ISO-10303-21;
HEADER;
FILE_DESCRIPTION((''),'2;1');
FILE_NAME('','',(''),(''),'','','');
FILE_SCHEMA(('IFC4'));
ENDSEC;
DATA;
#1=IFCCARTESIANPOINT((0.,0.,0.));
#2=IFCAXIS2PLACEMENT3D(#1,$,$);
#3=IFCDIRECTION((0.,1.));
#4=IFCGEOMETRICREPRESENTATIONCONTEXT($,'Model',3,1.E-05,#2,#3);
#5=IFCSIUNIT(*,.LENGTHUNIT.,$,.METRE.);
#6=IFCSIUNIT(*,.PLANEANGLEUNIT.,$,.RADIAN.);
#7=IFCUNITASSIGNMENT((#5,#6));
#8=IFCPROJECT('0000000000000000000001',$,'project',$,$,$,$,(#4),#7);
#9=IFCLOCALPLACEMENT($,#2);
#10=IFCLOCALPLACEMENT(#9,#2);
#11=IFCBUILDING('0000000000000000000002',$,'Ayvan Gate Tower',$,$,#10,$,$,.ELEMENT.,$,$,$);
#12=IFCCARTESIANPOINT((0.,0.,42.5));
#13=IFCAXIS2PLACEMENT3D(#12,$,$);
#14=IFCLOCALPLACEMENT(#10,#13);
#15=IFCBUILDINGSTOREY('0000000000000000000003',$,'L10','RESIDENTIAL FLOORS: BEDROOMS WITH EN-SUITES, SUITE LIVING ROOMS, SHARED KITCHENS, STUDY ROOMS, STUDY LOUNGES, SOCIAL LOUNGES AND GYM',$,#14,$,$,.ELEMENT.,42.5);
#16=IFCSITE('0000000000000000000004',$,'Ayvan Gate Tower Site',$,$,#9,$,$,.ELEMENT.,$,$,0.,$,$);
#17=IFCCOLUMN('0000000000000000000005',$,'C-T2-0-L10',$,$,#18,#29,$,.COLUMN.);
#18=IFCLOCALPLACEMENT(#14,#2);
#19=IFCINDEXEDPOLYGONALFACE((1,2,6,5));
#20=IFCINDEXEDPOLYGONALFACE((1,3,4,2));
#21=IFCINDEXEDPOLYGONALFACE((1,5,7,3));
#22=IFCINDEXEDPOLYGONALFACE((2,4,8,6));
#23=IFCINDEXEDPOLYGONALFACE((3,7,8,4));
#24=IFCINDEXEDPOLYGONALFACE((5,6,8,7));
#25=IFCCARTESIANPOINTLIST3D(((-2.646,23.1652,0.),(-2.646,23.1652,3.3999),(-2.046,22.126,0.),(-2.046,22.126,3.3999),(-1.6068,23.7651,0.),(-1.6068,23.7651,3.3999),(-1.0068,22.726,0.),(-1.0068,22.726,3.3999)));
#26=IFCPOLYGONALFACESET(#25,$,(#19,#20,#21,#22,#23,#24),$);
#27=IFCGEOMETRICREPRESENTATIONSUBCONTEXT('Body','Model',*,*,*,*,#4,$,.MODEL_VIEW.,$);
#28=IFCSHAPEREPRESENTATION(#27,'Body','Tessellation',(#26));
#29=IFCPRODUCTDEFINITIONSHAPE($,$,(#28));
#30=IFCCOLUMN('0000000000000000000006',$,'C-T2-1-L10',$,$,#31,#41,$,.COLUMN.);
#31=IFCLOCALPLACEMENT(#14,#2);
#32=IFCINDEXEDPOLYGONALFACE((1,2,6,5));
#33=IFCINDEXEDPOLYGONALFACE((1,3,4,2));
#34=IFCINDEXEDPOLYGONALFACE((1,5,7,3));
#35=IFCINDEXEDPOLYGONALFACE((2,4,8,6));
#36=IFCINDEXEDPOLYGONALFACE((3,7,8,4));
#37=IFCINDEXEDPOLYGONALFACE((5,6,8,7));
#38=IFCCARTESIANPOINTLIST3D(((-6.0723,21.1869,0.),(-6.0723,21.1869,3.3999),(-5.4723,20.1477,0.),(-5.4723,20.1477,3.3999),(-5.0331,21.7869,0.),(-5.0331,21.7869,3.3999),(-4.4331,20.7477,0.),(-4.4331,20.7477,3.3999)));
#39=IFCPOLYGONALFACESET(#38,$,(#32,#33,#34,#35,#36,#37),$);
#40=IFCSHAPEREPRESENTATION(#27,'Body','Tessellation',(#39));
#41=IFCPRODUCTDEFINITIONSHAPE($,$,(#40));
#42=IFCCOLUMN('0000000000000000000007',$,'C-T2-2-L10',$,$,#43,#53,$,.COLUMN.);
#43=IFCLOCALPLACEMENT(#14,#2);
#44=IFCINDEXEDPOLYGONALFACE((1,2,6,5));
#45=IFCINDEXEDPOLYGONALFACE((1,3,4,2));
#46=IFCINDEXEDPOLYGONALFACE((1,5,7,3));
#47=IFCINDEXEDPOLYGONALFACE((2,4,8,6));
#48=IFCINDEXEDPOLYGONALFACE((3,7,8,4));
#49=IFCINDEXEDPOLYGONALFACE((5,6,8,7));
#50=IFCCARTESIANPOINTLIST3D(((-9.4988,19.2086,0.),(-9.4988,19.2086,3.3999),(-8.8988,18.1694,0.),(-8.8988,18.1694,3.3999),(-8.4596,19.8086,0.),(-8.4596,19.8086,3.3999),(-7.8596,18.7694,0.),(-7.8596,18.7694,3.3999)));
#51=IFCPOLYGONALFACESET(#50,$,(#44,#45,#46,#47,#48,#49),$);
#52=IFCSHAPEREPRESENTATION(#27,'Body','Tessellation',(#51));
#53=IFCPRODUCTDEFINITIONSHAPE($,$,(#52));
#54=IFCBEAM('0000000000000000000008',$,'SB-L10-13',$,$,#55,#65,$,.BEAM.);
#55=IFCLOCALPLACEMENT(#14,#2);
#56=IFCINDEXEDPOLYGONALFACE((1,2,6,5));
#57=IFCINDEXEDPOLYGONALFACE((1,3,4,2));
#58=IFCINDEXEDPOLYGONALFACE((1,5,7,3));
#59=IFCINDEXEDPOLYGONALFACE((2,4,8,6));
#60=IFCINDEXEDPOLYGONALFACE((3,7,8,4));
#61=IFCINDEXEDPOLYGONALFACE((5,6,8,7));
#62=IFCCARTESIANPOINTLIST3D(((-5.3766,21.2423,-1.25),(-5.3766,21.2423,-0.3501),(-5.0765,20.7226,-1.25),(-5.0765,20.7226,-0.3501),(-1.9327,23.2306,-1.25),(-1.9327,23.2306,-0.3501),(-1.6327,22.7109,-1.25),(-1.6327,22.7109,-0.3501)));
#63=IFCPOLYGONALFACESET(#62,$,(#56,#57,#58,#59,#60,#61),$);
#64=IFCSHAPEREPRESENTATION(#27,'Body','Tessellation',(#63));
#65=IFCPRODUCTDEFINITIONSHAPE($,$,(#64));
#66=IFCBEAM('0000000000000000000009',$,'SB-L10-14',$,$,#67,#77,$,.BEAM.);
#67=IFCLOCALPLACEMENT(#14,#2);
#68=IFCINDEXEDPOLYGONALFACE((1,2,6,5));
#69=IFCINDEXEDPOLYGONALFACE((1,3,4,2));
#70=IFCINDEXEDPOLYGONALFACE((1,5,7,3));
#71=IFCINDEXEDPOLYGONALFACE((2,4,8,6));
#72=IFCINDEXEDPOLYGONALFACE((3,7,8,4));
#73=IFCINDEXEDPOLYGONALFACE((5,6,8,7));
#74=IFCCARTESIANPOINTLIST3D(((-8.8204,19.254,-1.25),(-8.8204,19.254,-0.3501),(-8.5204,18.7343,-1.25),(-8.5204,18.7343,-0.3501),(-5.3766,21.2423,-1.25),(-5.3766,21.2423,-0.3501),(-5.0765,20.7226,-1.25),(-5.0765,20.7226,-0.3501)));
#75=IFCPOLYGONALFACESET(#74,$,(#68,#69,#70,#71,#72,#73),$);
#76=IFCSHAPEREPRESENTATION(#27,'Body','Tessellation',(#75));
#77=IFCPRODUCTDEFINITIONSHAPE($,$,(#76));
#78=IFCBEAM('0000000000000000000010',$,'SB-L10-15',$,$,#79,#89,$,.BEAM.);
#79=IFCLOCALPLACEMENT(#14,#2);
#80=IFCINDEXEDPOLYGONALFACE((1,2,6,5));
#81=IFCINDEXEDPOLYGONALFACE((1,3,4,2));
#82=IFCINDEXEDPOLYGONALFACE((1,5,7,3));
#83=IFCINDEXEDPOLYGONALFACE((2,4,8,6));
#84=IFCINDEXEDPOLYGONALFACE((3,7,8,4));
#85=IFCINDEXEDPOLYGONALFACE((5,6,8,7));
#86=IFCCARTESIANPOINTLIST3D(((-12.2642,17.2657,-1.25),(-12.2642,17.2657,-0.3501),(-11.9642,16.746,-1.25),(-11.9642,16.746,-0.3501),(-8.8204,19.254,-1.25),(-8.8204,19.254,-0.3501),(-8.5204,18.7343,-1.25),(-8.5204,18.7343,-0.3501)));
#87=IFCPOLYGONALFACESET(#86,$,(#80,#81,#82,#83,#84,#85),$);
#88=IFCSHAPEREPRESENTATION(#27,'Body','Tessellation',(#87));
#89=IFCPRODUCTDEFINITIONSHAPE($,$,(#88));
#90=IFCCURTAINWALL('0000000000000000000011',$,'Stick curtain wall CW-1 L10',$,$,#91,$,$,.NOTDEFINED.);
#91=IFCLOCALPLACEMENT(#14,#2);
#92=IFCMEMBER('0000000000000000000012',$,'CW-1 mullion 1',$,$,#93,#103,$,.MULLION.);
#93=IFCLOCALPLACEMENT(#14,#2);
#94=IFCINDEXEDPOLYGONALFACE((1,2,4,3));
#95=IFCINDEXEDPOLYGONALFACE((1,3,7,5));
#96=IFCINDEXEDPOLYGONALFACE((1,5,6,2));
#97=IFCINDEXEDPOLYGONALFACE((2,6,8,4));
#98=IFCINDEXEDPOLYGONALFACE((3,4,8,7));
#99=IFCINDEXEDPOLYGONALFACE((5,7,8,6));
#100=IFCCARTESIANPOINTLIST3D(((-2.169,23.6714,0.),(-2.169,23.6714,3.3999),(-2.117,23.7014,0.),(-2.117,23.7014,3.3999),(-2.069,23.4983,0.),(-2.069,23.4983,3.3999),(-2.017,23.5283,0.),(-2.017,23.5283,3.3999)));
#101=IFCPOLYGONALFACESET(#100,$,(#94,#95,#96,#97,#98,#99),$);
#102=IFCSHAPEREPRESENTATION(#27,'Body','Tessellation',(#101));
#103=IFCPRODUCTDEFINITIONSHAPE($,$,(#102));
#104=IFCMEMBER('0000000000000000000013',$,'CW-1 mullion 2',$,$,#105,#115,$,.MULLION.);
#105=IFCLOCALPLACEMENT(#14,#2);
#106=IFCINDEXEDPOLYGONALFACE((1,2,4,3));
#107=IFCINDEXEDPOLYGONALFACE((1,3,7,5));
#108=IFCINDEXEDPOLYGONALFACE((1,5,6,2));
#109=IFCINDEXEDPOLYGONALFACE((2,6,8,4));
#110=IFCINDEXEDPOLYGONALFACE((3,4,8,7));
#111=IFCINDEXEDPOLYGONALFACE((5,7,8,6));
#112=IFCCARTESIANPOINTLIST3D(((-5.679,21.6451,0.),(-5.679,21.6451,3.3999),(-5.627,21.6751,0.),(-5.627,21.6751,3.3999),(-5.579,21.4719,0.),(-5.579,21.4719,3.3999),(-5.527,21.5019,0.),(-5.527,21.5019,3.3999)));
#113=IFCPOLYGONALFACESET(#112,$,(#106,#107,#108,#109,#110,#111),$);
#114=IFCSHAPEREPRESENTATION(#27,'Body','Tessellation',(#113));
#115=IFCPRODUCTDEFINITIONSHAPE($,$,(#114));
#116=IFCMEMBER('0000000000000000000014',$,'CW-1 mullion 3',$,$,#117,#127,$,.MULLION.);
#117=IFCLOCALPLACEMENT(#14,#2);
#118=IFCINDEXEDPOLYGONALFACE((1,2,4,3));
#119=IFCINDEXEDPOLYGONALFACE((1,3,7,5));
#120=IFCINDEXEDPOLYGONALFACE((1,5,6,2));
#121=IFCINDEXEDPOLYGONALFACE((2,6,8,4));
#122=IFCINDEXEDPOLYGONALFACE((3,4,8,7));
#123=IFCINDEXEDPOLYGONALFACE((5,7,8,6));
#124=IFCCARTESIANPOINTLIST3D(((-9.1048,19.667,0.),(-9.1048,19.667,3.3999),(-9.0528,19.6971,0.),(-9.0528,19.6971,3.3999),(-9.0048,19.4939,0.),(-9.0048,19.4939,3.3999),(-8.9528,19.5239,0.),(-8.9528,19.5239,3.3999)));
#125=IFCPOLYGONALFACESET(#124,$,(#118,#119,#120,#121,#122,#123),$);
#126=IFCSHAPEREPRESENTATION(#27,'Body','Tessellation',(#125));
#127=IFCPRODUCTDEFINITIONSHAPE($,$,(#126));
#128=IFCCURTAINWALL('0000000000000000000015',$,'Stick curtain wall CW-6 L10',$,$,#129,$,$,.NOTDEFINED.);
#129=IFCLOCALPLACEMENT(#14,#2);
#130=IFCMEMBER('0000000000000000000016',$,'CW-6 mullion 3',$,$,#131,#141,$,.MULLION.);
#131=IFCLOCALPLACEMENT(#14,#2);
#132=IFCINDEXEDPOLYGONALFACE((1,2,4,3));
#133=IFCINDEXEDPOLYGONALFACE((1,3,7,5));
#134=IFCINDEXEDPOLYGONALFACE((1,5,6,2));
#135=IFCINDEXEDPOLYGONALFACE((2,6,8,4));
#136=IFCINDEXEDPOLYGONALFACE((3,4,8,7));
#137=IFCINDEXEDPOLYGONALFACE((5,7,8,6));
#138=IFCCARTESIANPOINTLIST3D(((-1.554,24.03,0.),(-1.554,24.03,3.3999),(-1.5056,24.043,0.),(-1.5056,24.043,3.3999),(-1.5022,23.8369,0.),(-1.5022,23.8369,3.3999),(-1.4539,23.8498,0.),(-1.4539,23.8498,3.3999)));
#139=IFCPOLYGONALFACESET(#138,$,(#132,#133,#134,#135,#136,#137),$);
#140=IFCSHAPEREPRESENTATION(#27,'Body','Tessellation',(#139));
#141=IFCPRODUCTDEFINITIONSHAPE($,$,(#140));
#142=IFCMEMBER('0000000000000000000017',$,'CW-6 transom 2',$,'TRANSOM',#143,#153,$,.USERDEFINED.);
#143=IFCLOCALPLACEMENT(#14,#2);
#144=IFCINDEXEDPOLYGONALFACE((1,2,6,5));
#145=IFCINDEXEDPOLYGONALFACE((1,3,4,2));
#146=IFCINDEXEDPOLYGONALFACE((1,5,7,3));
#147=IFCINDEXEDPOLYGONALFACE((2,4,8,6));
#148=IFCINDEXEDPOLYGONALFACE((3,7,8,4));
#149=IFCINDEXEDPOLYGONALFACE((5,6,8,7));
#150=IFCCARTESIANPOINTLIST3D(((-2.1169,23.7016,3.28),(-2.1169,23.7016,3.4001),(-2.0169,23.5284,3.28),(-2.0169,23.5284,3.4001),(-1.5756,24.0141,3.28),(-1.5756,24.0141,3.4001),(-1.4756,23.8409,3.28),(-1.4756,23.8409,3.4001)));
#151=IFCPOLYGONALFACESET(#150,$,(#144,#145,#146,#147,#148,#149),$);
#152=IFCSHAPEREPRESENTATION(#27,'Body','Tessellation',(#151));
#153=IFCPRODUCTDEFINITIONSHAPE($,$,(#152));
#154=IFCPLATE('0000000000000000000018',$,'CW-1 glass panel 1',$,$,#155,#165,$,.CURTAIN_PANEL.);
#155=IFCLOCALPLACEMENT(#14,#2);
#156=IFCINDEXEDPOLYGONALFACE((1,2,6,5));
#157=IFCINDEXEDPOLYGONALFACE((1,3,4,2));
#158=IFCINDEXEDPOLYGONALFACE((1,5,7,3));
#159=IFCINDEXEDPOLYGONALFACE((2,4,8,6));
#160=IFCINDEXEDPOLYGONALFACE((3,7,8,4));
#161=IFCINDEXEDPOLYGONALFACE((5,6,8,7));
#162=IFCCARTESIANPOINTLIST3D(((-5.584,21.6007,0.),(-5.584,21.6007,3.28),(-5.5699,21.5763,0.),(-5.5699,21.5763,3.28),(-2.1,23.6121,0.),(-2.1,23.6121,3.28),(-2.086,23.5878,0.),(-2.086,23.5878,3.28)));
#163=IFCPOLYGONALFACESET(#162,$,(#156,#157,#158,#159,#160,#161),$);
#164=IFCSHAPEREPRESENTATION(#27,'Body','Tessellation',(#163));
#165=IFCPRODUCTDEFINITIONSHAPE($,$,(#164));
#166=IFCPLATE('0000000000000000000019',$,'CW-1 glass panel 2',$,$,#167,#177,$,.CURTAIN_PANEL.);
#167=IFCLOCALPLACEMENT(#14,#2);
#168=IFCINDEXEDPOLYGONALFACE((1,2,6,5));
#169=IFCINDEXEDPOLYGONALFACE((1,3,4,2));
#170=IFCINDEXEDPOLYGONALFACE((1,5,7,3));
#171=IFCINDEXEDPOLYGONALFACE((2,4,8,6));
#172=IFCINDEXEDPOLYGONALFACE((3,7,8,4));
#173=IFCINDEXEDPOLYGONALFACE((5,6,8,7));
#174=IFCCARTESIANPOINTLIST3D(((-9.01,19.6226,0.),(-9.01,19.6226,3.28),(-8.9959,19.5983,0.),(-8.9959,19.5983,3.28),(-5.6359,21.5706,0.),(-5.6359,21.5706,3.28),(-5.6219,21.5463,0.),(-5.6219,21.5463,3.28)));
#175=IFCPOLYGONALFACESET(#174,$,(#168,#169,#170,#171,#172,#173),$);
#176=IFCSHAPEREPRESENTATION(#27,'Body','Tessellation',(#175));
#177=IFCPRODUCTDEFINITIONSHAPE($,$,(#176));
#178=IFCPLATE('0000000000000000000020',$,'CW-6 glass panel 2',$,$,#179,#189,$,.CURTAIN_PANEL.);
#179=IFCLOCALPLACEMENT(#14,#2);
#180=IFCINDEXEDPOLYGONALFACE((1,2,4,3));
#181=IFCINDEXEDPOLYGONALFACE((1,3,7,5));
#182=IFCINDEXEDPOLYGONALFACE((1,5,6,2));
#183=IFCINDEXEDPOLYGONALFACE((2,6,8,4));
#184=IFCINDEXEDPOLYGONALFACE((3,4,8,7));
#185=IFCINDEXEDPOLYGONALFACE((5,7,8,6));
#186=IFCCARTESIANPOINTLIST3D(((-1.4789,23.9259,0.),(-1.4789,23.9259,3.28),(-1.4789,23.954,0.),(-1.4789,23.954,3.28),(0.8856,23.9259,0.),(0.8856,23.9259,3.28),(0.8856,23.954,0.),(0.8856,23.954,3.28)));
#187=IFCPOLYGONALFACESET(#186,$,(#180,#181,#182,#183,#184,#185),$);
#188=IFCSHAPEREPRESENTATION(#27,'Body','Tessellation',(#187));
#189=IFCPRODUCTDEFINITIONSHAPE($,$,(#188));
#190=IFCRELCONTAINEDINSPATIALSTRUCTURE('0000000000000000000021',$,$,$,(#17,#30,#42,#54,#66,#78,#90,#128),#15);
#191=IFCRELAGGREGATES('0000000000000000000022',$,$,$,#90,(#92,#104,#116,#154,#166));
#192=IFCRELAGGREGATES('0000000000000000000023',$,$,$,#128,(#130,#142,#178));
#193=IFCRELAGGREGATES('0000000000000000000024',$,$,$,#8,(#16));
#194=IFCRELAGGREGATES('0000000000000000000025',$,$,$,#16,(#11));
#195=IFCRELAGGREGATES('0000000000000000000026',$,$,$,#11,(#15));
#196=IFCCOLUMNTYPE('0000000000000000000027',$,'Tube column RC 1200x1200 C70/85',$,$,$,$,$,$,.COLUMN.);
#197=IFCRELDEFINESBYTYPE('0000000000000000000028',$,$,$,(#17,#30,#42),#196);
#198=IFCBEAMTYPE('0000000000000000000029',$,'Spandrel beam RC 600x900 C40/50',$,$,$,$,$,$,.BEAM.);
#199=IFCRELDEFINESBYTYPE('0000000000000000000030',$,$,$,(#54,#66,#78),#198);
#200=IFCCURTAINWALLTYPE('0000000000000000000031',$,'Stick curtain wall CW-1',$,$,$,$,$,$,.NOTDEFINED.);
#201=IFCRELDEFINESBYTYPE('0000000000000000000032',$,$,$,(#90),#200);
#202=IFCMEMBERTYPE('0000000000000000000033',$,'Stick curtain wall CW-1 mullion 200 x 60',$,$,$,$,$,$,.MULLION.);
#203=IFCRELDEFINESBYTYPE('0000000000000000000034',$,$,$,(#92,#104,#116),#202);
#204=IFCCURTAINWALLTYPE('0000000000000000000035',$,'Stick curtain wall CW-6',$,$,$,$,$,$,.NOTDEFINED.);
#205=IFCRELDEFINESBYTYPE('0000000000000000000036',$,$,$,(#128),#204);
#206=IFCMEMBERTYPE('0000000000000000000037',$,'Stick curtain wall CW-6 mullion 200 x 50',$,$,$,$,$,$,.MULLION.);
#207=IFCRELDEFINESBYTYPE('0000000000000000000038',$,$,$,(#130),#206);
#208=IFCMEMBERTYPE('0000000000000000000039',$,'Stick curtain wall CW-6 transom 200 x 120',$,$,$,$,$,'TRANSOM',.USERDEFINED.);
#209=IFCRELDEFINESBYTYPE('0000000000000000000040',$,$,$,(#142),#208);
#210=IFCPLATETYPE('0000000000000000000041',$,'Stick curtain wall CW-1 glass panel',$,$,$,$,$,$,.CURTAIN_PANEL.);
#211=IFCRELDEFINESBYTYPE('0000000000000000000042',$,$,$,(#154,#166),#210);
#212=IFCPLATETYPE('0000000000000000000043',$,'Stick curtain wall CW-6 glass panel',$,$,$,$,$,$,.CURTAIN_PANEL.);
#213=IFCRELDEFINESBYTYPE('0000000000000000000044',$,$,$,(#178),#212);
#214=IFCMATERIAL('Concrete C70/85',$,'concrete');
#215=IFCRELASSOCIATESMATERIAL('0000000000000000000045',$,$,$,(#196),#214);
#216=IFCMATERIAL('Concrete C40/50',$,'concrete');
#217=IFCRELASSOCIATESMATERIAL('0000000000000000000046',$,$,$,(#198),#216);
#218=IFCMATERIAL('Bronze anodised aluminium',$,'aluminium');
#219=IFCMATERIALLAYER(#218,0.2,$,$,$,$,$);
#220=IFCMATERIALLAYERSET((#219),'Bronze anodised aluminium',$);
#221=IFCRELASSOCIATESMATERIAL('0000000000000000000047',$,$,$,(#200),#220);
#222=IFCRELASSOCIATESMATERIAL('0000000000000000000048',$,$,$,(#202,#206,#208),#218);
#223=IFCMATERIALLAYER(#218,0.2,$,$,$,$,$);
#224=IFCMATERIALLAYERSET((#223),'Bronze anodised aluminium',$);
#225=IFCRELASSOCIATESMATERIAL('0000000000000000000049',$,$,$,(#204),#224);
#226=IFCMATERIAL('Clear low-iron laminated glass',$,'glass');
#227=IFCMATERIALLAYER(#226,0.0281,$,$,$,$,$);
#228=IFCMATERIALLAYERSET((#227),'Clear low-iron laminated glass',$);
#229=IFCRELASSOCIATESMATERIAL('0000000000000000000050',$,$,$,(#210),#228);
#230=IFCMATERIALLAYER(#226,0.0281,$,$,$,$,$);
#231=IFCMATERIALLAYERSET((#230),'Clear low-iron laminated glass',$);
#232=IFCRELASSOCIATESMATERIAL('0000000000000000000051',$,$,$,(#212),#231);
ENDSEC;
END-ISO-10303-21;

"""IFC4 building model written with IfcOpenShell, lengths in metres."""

from ifc_helpers import new_model, si_unit, direction, frame, origin, origin_2d, place, context, subcontext, project, spatial, rectangle, extrude, material, layer, layer_set, material_profile, profile_set, type_object, element, aggregate, save


model = new_model("IFC4")

# Units and contexts
model_context = context("Model", 3, precision=1e-05, world=origin(), true_north=direction((0.0, 1.0)))
body_context = subcontext(model_context, "Body", "Model", "MODEL_VIEW")
ifc_project = project(units=[si_unit("LENGTHUNIT", "METRE"), si_unit("PLANEANGLEUNIT", "RADIAN")], contexts=[model_context])

# Site, building, storey
site_placement = place(None, origin())
site = spatial("IfcSite", under=ifc_project, at=site_placement, Name="Ayvan Gate Tower Site", CompositionType="ELEMENT", RefElevation=0.0)
building_placement = place(site_placement, origin())
building = spatial("IfcBuilding", under=site, at=building_placement, Name="Ayvan Gate Tower", CompositionType="ELEMENT")
storey_placement = place(building_placement, frame((0.0, 0.0, 42.5)))
storey = spatial("IfcBuildingStorey", under=building, at=storey_placement, Name="L10", Description="RESIDENTIAL FLOORS: BEDROOMS WITH EN-SUITES, SUITE LIVING ROOMS, SHARED KITCHENS, STUDY ROOMS, STUDY LOUNGES, SOCIAL LOUNGES AND GYM", CompositionType="ELEMENT", Elevation=42.5)

# Columns
ifc_material_1 = material(Name="Concrete C70/85", Category="concrete")
ifc_material_profile_1 = material_profile(ifc_material_1, rectangle(XDim=1.2, YDim=1.2, at=origin_2d()), Name="RC 1200x1200")
ifc_profile_set_1 = profile_set([ifc_material_profile_1], Name="Concrete C70/85")
column_type = type_object("IfcColumnType", Name="Tube column RC 1200x1200 C70/85", PredefinedType="COLUMN", material=ifc_profile_set_1)
for number, where, z_axis, x_axis, name in (
    (1, (-1.8264, 22.9456, 0.0), (0.0, 0.0, 1.0), (-0.5, 0.866025, 0.0), "C-T2-0-L10"),
    (2, (-5.2527, 20.9673, 0.0), (0.0, 0.0, 1.0), (-0.5, 0.866025, 0.0), "C-T2-1-L10"),
    (3, (-8.6792, 18.989, 0.0), (0.0, 0.0, 1.0), (-0.5, 0.866025, 0.0), "C-T2-2-L10"),
):
    element("IfcColumn", number, at=place(storey_placement, frame(where, z_axis=z_axis, x_axis=x_axis)), inside=storey, type_object=column_type, Name=name, PredefinedType="COLUMN", context=body_context, shape_type="SweptSolid", body=[
        extrude(rectangle(XDim=1.2, YDim=1.2, at=origin_2d()), origin(), (0.0, 0.0, 1.0), 3.3999),
    ])

# Beams
ifc_material_2 = material(Name="Concrete C40/50", Category="concrete")
ifc_material_profile_2 = material_profile(ifc_material_2, rectangle(XDim=0.6001, YDim=0.8999, at=origin_2d()), Name="RC 600x900")
ifc_profile_set_2 = profile_set([ifc_material_profile_2], Name="Concrete C40/50")
beam_type = type_object("IfcBeamType", Name="Spandrel beam RC 600x900 C40/50", PredefinedType="BEAM", material=ifc_profile_set_2)
for number, where, z_axis, x_axis, name in (
    (4, (-1.7827, 22.9707, -0.8), (-0.866028, -0.499995, 0.0), (0.499995, -0.866028, 0.0), "SB-L10-13"),
    (5, (-5.2266, 20.9824, -0.8), (-0.866028, -0.499995, 0.0), (0.499995, -0.866028, 0.0), "SB-L10-14"),
    (6, (-8.6704, 18.9941, -0.8), (-0.866028, -0.499995, 0.0), (0.499995, -0.866028, 0.0), "SB-L10-15"),
):
    element("IfcBeam", number, at=place(storey_placement, frame(where, z_axis=z_axis, x_axis=x_axis)), inside=storey, type_object=beam_type, Name=name, PredefinedType="BEAM", context=body_context, shape_type="SweptSolid", body=[
        extrude(rectangle(XDim=0.6001, YDim=0.8999, at=origin_2d()), origin(), (0.0, 0.0, 1.0), 3.9766),
    ])

# Curtain walls, members
ifc_material_3 = material(Name="Bronze anodised aluminium", Category="aluminium")
ifc_layer_1 = layer(ifc_material_3, 0.2)
ifc_layer_set_1 = layer_set([ifc_layer_1], Name="Bronze anodised aluminium")
curtain_wall_type_1 = type_object("IfcCurtainWallType", Name="Stick curtain wall CW-1", PredefinedType="NOTDEFINED", material=ifc_layer_set_1)
curtain_wall_1_placement = place(storey_placement, origin())
curtain_wall_1 = element("IfcCurtainWall", 7, at=curtain_wall_1_placement, inside=storey, type_object=curtain_wall_type_1, Name="Stick curtain wall CW-1 L10", PredefinedType="NOTDEFINED")
ifc_material_profile_3 = material_profile(ifc_material_3, rectangle(XDim=0.2, YDim=0.0601, at=origin_2d()), Name="Stick curtain wall CW-1 mullion 200 x 60")
ifc_profile_set_3 = profile_set([ifc_material_profile_3], Name="Bronze anodised aluminium")
member_type_1 = type_object("IfcMemberType", Name="Stick curtain wall CW-1 mullion 200 x 60", PredefinedType="MULLION", material=ifc_profile_set_3)
member_1_placement = place(storey_placement, frame((-2.093, 23.5999, 0.0), z_axis=(0.0, 0.0, 1.0), x_axis=(-0.5, 0.866025, 0.0)))
member_1 = element("IfcMember", 8, at=member_1_placement, type_object=member_type_1, Name="CW-1 mullion 1", PredefinedType="MULLION", context=body_context, shape_type="SweptSolid", body=[
    extrude(rectangle(XDim=0.2, YDim=0.0601, at=origin_2d()), origin(), (0.0, 0.0, 1.0), 3.3999),
])
member_2_placement = place(storey_placement, frame((-5.603, 21.5735, 0.0), z_axis=(0.0, 0.0, 1.0), x_axis=(-0.5, 0.866025, 0.0)))
member_2 = element("IfcMember", 9, at=member_2_placement, type_object=member_type_1, Name="CW-1 mullion 2", PredefinedType="MULLION", context=body_context, shape_type="SweptSolid", body=[
    extrude(rectangle(XDim=0.2, YDim=0.0601, at=origin_2d()), origin(), (0.0, 0.0, 1.0), 3.3999),
])
member_3_placement = place(storey_placement, frame((-9.0288, 19.5955, 0.0), z_axis=(0.0, 0.0, 1.0), x_axis=(-0.5, 0.866025, 0.0)))
member_3 = element("IfcMember", 10, at=member_3_placement, type_object=member_type_1, Name="CW-1 mullion 3", PredefinedType="MULLION", context=body_context, shape_type="SweptSolid", body=[
    extrude(rectangle(XDim=0.2, YDim=0.0601, at=origin_2d()), origin(), (0.0, 0.0, 1.0), 3.3999),
])
ifc_layer_2 = layer(ifc_material_3, 0.2)
ifc_layer_set_2 = layer_set([ifc_layer_2], Name="Bronze anodised aluminium")
curtain_wall_type_2 = type_object("IfcCurtainWallType", Name="Stick curtain wall CW-6", PredefinedType="NOTDEFINED", material=ifc_layer_set_2)
curtain_wall_2_placement = place(storey_placement, origin())
curtain_wall_2 = element("IfcCurtainWall", 11, at=curtain_wall_2_placement, inside=storey, type_object=curtain_wall_type_2, Name="Stick curtain wall CW-6 L10", PredefinedType="NOTDEFINED")
ifc_material_profile_4 = material_profile(ifc_material_3, rectangle(XDim=0.2, YDim=0.05, at=origin_2d()), Name="Stick curtain wall CW-6 mullion 200 x 50")
ifc_profile_set_4 = profile_set([ifc_material_profile_4], Name="Bronze anodised aluminium")
member_type_2 = type_object("IfcMemberType", Name="Stick curtain wall CW-6 mullion 200 x 50", PredefinedType="MULLION", material=ifc_profile_set_4)
member_4_placement = place(storey_placement, frame((-1.5039, 23.9399, 0.0), z_axis=(0.0, 0.0, 1.0), x_axis=(-0.258819, 0.965926, 0.0)))
member_4 = element("IfcMember", 12, at=member_4_placement, type_object=member_type_2, Name="CW-6 mullion 3", PredefinedType="MULLION", context=body_context, shape_type="SweptSolid", body=[
    extrude(rectangle(XDim=0.2, YDim=0.05, at=origin_2d()), origin(), (0.0, 0.0, 1.0), 3.3999),
])
ifc_material_profile_5 = material_profile(ifc_material_3, rectangle(XDim=0.2, YDim=0.1201, at=origin_2d()), Name="Stick curtain wall CW-6 transom 200 x 120")
ifc_profile_set_5 = profile_set([ifc_material_profile_5], Name="Bronze anodised aluminium")
member_type_3 = type_object("IfcMemberType", Name="Stick curtain wall CW-6 transom 200 x 120", ElementType="TRANSOM", PredefinedType="USERDEFINED", material=ifc_profile_set_5)
member_5_placement = place(storey_placement, frame((-1.5256, 23.9275, 3.3401), z_axis=(-0.866023, -0.500004, 0.0), x_axis=(0.500004, -0.866023, 0.0)))
member_5 = element("IfcMember", 13, at=member_5_placement, type_object=member_type_3, Name="CW-6 transom 2", ObjectType="TRANSOM", PredefinedType="USERDEFINED", context=body_context, shape_type="SweptSolid", body=[
    extrude(rectangle(XDim=0.2, YDim=0.1201, at=origin_2d()), origin(), (0.0, 0.0, 1.0), 0.625),
])

# Plates
ifc_material_4 = material(Name="Clear low-iron laminated glass", Category="glass")
ifc_layer_3 = layer(ifc_material_4, 0.0281)
ifc_layer_set_3 = layer_set([ifc_layer_3], Name="Clear low-iron laminated glass")
plate_type_1 = type_object("IfcPlateType", Name="Stick curtain wall CW-1 glass panel", PredefinedType="CURTAIN_PANEL", material=ifc_layer_set_3)
plate_1_placement = place(storey_placement, frame((-3.835, 22.5942, 0.0), z_axis=(0.0, 0.0, 1.0), x_axis=(-0.866025, -0.5, 0.0)))
plate_1 = element("IfcPlate", 14, at=plate_1_placement, type_object=plate_type_1, Name="CW-1 glass panel 1", PredefinedType="CURTAIN_PANEL", context=body_context, shape_type="SweptSolid", body=[
    extrude(rectangle(XDim=4.0229, YDim=0.0281, at=origin_2d()), origin(), (0.0, 0.0, 1.0), 3.28),
])
plate_2_placement = place(storey_placement, frame((-7.3159, 20.5845, 0.0), z_axis=(0.0, 0.0, 1.0), x_axis=(-0.866025, -0.5, 0.0)))
plate_2 = element("IfcPlate", 15, at=plate_2_placement, type_object=plate_type_1, Name="CW-1 glass panel 2", PredefinedType="CURTAIN_PANEL", context=body_context, shape_type="SweptSolid", body=[
    extrude(rectangle(XDim=3.896, YDim=0.0281, at=origin_2d()), origin(), (0.0, 0.0, 1.0), 3.28),
])
aggregate(curtain_wall_1, [member_1, member_2, member_3, plate_1, plate_2])
ifc_layer_4 = layer(ifc_material_4, 0.0281)
ifc_layer_set_4 = layer_set([ifc_layer_4], Name="Clear low-iron laminated glass")
plate_type_2 = type_object("IfcPlateType", Name="Stick curtain wall CW-6 glass panel", PredefinedType="CURTAIN_PANEL", material=ifc_layer_set_4)
plate_3_placement = place(storey_placement, frame((-0.2966, 23.9399, 0.0), z_axis=(0.0, 0.0, 1.0), x_axis=(-1.0, 0.0, 0.0)))
plate_3 = element("IfcPlate", 16, at=plate_3_placement, type_object=plate_type_2, Name="CW-6 glass panel 2", PredefinedType="CURTAIN_PANEL", context=body_context, shape_type="SweptSolid", body=[
    extrude(rectangle(XDim=2.3645, YDim=0.0281, at=origin_2d()), origin(), (0.0, 0.0, 1.0), 3.28),
])
aggregate(curtain_wall_2, [member_4, member_5, plate_3])

save(model, "model.ifc")
